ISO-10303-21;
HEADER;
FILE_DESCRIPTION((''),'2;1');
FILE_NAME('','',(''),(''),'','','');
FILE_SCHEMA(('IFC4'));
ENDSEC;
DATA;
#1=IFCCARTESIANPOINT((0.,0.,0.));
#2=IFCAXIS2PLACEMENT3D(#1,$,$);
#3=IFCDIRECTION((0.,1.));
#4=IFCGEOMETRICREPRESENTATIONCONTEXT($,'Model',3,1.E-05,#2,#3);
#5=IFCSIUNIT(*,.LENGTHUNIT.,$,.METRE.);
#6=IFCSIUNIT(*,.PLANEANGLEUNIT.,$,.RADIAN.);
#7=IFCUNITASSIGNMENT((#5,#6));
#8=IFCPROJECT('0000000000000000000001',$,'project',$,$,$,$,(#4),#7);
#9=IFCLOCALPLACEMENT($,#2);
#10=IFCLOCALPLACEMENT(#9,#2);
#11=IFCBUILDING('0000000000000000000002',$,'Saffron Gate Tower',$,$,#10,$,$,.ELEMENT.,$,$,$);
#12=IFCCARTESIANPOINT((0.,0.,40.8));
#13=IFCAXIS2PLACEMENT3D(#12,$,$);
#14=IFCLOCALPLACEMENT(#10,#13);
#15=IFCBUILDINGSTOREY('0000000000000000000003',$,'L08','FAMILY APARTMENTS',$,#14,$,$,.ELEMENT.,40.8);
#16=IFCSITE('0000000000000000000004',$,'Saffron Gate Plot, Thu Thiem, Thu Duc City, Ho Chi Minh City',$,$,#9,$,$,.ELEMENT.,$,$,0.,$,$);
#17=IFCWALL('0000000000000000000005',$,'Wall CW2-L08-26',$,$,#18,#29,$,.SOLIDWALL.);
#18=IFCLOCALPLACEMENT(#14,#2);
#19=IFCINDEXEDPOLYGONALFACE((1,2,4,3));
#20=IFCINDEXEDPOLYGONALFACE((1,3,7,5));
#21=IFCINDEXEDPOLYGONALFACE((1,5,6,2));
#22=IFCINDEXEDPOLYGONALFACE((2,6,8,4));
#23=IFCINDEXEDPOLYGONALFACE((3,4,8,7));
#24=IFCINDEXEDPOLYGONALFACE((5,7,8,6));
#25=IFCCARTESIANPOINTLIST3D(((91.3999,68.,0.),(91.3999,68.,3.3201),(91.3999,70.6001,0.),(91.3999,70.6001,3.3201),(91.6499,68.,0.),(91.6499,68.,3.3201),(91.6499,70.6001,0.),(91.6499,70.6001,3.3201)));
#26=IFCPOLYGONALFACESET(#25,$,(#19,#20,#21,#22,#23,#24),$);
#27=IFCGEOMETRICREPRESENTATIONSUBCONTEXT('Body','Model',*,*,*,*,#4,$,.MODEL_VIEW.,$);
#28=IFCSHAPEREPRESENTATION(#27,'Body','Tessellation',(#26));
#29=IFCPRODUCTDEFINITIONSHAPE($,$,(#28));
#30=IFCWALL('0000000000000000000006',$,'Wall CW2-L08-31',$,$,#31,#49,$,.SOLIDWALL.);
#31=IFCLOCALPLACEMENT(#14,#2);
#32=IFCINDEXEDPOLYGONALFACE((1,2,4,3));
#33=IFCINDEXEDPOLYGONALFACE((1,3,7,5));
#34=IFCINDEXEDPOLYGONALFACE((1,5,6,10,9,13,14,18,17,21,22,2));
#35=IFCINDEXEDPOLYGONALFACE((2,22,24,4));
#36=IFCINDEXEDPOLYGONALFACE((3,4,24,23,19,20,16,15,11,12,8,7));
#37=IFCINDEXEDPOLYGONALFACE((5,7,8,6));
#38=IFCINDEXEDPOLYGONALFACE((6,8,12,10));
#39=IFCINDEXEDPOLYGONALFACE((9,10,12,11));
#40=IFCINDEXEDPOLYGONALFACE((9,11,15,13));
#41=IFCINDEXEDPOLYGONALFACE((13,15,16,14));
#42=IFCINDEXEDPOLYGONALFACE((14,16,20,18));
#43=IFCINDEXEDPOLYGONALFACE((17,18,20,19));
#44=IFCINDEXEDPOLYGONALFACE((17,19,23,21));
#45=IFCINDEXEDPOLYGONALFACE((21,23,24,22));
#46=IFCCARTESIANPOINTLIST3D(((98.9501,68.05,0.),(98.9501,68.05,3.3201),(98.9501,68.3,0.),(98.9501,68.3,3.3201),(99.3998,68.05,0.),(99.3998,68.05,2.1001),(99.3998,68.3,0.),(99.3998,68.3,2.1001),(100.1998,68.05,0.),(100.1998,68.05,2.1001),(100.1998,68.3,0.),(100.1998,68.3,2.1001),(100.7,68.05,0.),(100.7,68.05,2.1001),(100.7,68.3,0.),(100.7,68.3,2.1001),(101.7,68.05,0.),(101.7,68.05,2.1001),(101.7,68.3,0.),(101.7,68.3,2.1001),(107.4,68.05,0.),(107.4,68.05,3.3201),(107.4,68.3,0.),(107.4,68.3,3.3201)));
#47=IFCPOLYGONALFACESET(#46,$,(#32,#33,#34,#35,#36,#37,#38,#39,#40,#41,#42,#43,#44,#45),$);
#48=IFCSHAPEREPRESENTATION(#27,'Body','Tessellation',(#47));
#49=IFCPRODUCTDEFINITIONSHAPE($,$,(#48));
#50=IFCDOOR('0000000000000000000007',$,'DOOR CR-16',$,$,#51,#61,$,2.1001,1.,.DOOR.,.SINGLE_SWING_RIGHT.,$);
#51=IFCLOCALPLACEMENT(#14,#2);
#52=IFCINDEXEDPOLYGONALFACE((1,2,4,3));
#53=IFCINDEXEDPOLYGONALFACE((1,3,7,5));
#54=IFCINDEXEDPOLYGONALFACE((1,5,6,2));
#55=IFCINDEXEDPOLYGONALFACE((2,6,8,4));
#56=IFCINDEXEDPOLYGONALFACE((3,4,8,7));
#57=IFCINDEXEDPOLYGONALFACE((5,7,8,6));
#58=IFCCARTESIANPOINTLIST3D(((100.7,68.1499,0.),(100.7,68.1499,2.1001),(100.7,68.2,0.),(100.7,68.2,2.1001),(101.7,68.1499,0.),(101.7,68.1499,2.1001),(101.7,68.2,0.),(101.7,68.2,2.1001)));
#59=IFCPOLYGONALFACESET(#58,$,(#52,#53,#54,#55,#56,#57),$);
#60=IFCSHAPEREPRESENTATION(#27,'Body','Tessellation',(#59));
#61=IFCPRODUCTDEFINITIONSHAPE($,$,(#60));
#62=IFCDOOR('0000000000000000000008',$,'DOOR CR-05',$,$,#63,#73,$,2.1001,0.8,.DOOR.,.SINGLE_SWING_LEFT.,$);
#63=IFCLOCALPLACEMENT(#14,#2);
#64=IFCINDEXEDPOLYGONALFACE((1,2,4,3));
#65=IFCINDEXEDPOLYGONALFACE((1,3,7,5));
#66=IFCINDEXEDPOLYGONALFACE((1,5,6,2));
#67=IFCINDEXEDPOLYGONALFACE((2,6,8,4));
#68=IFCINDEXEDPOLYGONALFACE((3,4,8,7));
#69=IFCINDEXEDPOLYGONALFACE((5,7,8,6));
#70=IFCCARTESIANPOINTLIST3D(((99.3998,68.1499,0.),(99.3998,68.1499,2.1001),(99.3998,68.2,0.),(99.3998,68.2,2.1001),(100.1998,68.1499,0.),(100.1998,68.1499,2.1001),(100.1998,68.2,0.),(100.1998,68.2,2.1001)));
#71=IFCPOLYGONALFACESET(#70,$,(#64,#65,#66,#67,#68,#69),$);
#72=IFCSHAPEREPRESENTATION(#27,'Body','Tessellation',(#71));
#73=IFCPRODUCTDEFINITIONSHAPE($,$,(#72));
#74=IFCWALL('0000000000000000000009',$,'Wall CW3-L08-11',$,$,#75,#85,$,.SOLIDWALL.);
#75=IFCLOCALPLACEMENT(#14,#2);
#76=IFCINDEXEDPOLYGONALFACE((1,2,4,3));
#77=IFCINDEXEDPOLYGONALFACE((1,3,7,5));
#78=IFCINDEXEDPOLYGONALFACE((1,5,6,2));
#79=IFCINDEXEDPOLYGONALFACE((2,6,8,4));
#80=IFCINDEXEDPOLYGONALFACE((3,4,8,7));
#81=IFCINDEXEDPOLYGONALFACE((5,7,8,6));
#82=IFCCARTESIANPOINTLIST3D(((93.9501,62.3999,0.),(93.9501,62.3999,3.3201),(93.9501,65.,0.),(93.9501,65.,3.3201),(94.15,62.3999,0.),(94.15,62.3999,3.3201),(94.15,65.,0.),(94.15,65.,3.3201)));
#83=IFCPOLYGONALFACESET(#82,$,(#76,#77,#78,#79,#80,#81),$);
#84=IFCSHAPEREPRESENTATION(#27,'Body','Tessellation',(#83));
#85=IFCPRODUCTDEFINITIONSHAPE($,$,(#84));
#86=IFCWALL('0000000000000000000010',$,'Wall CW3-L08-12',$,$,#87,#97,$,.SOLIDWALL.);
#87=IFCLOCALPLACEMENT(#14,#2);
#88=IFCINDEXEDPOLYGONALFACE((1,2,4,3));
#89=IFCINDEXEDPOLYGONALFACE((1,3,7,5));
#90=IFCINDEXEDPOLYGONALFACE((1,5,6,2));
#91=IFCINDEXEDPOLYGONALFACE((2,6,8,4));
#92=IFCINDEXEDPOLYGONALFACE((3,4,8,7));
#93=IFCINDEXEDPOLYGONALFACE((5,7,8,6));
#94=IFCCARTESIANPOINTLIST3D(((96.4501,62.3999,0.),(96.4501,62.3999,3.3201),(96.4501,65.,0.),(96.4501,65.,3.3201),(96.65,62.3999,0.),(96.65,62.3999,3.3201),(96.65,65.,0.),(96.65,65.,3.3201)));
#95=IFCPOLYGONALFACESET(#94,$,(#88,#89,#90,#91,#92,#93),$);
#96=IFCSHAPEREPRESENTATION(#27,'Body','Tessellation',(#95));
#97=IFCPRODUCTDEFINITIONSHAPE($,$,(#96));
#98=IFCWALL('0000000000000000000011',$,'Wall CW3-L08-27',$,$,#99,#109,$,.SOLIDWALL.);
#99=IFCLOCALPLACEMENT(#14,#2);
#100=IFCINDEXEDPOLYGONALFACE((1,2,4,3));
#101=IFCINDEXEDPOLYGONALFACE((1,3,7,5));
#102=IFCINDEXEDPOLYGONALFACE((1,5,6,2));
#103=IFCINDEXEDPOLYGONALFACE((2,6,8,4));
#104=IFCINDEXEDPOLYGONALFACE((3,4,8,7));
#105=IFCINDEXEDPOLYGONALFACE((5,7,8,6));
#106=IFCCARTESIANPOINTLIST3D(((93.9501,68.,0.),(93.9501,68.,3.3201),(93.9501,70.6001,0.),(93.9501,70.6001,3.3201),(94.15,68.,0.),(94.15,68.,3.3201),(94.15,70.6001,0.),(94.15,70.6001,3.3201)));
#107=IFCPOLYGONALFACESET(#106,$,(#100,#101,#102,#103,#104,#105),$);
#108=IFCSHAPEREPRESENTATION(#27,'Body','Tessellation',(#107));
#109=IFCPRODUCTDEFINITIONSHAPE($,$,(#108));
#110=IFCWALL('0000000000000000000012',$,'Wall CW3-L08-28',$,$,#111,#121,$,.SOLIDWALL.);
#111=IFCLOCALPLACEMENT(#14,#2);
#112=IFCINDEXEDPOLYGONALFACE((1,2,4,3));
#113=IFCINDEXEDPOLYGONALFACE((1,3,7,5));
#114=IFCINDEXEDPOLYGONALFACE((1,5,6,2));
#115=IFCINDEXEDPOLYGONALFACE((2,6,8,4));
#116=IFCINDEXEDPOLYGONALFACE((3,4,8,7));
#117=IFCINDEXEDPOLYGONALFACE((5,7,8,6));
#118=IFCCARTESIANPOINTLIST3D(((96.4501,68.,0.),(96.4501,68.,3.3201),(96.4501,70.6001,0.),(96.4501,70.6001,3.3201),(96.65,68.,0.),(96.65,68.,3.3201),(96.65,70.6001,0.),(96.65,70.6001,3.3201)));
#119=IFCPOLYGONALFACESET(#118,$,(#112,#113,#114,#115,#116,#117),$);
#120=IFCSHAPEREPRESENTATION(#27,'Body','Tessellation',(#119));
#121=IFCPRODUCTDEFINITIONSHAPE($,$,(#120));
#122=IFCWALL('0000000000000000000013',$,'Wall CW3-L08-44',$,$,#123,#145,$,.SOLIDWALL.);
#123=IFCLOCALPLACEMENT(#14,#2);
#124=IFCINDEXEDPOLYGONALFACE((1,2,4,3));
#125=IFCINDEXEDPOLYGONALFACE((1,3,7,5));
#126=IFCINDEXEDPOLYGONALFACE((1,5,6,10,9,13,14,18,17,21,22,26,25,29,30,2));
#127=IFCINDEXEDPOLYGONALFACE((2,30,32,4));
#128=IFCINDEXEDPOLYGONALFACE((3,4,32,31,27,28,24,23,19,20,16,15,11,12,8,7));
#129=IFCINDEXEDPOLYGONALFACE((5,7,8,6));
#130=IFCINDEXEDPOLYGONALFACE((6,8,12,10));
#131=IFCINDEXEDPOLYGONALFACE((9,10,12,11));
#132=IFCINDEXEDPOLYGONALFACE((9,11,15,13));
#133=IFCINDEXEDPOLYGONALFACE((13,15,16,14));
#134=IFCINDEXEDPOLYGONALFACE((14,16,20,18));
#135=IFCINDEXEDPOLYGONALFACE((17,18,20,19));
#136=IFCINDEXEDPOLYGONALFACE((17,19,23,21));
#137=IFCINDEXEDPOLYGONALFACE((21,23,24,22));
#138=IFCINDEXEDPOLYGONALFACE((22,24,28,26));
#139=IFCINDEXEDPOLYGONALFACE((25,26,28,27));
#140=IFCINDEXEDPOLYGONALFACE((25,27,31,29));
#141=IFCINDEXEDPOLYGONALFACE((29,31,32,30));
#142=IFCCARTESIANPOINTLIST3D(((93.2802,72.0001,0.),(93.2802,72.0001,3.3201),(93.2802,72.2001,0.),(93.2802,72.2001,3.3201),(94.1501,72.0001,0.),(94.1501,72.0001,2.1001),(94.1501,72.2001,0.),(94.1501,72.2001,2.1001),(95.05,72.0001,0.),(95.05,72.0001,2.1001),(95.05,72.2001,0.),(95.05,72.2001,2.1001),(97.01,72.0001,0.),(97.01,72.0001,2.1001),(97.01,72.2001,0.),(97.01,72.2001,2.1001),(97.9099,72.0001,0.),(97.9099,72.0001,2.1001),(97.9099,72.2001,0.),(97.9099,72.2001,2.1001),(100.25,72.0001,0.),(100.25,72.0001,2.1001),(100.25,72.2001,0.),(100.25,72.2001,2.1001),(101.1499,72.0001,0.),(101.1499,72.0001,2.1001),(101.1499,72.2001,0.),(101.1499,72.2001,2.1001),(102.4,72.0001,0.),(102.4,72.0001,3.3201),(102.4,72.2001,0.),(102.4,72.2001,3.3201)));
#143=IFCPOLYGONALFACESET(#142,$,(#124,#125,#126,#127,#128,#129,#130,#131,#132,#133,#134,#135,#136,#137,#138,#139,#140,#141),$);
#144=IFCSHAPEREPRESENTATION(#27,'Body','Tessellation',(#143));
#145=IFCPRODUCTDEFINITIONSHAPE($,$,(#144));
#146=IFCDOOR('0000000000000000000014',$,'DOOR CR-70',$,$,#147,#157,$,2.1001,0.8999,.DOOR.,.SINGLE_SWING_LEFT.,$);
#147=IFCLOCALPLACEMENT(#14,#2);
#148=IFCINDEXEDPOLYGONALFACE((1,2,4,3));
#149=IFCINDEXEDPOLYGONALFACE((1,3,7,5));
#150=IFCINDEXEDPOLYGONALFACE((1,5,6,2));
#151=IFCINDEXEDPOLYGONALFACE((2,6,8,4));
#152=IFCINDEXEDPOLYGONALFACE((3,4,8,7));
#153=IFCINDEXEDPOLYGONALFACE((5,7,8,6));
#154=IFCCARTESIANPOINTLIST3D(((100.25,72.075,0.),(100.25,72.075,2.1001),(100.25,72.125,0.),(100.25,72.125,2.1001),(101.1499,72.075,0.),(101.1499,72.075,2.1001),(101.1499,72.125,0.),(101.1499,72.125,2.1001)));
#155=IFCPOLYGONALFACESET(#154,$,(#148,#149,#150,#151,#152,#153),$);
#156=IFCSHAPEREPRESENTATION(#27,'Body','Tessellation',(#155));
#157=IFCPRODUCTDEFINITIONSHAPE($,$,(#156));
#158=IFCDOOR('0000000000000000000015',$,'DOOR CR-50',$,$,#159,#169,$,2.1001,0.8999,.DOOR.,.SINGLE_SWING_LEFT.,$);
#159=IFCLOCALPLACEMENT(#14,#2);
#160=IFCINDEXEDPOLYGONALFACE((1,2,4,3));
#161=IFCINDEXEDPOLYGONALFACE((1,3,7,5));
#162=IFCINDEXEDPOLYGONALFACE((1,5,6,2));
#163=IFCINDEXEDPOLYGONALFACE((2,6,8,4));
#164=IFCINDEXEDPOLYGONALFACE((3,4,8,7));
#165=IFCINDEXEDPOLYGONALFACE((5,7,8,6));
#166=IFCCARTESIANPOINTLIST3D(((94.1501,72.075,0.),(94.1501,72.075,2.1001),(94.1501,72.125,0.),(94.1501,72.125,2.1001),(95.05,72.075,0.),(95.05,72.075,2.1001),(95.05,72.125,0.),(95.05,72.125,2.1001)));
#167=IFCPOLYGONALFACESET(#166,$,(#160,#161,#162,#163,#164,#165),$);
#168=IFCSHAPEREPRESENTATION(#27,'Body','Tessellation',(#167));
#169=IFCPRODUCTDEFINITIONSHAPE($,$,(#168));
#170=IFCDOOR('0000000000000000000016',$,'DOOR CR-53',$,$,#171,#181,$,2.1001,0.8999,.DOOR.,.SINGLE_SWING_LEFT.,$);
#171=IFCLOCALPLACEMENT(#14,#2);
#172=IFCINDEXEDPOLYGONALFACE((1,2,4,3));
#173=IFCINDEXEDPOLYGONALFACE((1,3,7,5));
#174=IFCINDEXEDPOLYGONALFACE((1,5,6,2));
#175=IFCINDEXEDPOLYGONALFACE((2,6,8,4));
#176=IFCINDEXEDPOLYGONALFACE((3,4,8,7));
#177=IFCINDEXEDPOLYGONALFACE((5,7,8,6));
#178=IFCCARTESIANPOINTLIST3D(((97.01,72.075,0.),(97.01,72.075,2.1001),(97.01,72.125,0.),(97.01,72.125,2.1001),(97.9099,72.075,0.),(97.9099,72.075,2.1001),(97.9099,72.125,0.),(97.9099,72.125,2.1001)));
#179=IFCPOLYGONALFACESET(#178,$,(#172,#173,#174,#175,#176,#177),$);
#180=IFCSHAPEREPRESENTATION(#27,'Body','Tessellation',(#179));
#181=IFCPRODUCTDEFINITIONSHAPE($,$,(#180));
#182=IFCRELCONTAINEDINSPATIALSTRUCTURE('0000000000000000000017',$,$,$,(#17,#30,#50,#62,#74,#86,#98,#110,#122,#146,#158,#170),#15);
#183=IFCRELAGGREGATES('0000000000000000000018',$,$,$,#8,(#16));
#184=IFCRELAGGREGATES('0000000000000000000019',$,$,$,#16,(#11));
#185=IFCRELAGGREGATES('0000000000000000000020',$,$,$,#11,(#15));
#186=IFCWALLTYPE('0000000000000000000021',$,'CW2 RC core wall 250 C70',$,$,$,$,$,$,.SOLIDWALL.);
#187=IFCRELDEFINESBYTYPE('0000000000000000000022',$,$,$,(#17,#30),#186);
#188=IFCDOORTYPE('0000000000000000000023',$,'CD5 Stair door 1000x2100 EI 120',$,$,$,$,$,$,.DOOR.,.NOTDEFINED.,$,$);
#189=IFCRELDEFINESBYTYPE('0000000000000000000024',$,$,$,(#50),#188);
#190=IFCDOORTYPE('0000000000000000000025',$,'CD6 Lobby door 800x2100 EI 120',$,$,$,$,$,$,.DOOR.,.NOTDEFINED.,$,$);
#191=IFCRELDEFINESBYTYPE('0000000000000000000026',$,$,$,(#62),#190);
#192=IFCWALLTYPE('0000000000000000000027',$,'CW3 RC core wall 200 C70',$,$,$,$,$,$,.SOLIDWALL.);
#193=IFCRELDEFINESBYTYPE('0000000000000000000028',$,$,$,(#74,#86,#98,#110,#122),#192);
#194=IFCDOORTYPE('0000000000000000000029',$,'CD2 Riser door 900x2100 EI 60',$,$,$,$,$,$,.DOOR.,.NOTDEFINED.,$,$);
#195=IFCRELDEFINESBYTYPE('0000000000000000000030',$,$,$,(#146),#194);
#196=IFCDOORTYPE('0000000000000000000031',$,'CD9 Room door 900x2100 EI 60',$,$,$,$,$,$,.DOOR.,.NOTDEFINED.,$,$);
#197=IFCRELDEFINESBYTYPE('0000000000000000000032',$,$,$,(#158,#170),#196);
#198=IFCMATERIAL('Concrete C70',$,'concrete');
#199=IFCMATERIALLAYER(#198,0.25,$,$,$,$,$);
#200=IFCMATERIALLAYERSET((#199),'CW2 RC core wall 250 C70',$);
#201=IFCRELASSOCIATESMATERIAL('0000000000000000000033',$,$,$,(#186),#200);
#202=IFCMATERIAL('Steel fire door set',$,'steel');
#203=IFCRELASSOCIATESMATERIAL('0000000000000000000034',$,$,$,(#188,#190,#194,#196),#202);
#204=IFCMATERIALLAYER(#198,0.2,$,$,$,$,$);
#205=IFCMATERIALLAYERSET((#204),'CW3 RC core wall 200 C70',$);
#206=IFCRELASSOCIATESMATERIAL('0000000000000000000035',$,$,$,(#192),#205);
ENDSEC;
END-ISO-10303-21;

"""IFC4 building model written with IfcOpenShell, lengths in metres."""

from ifc_helpers import new_model, si_unit, direction, frame, frame_2d, origin, place, context, subcontext, project, spatial, rectangle, extrude, material, layer, layer_set, type_object, element, fill, save


model = new_model("IFC4")

# Units and contexts
model_context = context("Model", 3, precision=1e-05, world=origin(), true_north=direction((0.0, 1.0)))
body_context = subcontext(model_context, "Body", "Model", "MODEL_VIEW")
ifc_project = project(units=[si_unit("LENGTHUNIT", "METRE"), si_unit("PLANEANGLEUNIT", "RADIAN")], contexts=[model_context])

# Site, building, storey
site_placement = place(None, origin())
site = spatial("IfcSite", under=ifc_project, at=site_placement, Name="Saffron Gate Plot, Thu Thiem, Thu Duc City, Ho Chi Minh City", CompositionType="ELEMENT", RefElevation=0.0)
building_placement = place(site_placement, origin())
building = spatial("IfcBuilding", under=site, at=building_placement, Name="Saffron Gate Tower", CompositionType="ELEMENT")
storey_placement = place(building_placement, frame((0.0, 0.0, 40.8)))
storey = spatial("IfcBuildingStorey", under=building, at=storey_placement, Name="L08", Description="FAMILY APARTMENTS", CompositionType="ELEMENT", Elevation=40.8)

# Wall
ifc_material_1 = material(Name="Concrete C70", Category="concrete")
ifc_layer_1 = layer(ifc_material_1, 0.25)
ifc_layer_set_1 = layer_set([ifc_layer_1], Name="CW2 RC core wall 250 C70")
wall_type_1 = type_object("IfcWallType", Name="CW2 RC core wall 250 C70", PredefinedType="SOLIDWALL", material=ifc_layer_set_1)
wall_1_placement = place(storey_placement, frame((91.5249, 68.0, 0.0), z_axis=(0.0, 0.0, 1.0), x_axis=(0.0, 1.0, 0.0)))
element("IfcWall", 1, at=wall_1_placement, inside=storey, type_object=wall_type_1, Name="Wall CW2-L08-26", PredefinedType="SOLIDWALL", context=body_context, shape_type="SweptSolid", body=[
    extrude(rectangle(XDim=2.6001, YDim=0.25, at=frame_2d((1.3, 0.0))), origin(), (0.0, 0.0, 1.0), 3.3201),
])

# Wall, openings, doors
wall_2_placement = place(storey_placement, frame((98.95, 68.175, 0.0), z_axis=(0.0, 0.0, 1.0), x_axis=(1.0, 0.0, 0.0)))
wall_2 = element("IfcWall", 2, at=wall_2_placement, inside=storey, type_object=wall_type_1, Name="Wall CW2-L08-31", PredefinedType="SOLIDWALL", context=body_context, shape_type="SweptSolid", body=[
    extrude(rectangle(XDim=8.45, YDim=0.25, at=frame_2d((4.2251, 0.0))), origin(), (0.0, 0.0, 1.0), 3.3201),
])
opening_1_placement = place(wall_2_placement, frame((0.45, 0.0, 0.0)))
opening_1 = element("IfcOpeningElement", 3, at=opening_1_placement, cuts=wall_2, PredefinedType="OPENING", context=body_context, shape_type="SweptSolid", body=[
    extrude(rectangle(XDim=0.8, YDim=2.1001, at=frame_2d((0.3999, 1.05))), frame((0.0, 0.135, 0.0), z_axis=(0.0, -1.0, 0.0), x_axis=(1.0, 0.0, 0.0)), (0.0, 0.0, 1.0), 0.27),
])
opening_2_placement = place(wall_2_placement, frame((1.75, 0.0, 0.0)))
opening_2 = element("IfcOpeningElement", 4, at=opening_2_placement, cuts=wall_2, PredefinedType="OPENING", context=body_context, shape_type="SweptSolid", body=[
    extrude(rectangle(XDim=1.0, YDim=2.1001, at=frame_2d((0.5, 1.05))), frame((0.0, 0.135, 0.0), z_axis=(0.0, -1.0, 0.0), x_axis=(1.0, 0.0, 0.0)), (0.0, 0.0, 1.0), 0.27),
])
ifc_material_2 = material(Name="Steel fire door set", Category="steel")
door_type_1 = type_object("IfcDoorType", Name="CD5 Stair door 1000x2100 EI 120", OperationType="NOTDEFINED", PredefinedType="DOOR", material=ifc_material_2)
door_1_placement = place(opening_2_placement, origin())
door_1 = element("IfcDoor", 5, at=door_1_placement, inside=storey, type_object=door_type_1, Name="DOOR CR-16", OperationType="SINGLE_SWING_RIGHT", OverallHeight=2.1001, OverallWidth=1.0, PredefinedType="DOOR", context=body_context, shape_type="SweptSolid", body=[
    extrude(rectangle(XDim=1.0, YDim=2.1001, at=frame_2d((0.5, 1.05))), frame((0.0, 0.0249, 0.0), z_axis=(0.0, -1.0, 0.0), x_axis=(1.0, 0.0, 0.0)), (0.0, 0.0, 1.0), 0.05),
])
fill(opening_2, door_1)
door_type_2 = type_object("IfcDoorType", Name="CD6 Lobby door 800x2100 EI 120", OperationType="NOTDEFINED", PredefinedType="DOOR", material=ifc_material_2)
door_2_placement = place(opening_1_placement, origin())
door_2 = element("IfcDoor", 6, at=door_2_placement, inside=storey, type_object=door_type_2, Name="DOOR CR-05", OperationType="SINGLE_SWING_LEFT", OverallHeight=2.1001, OverallWidth=0.8, PredefinedType="DOOR", context=body_context, shape_type="SweptSolid", body=[
    extrude(rectangle(XDim=0.8, YDim=2.1001, at=frame_2d((0.3999, 1.05))), frame((0.0, 0.0249, 0.0), z_axis=(0.0, -1.0, 0.0), x_axis=(1.0, 0.0, 0.0)), (0.0, 0.0, 1.0), 0.05),
])
fill(opening_1, door_2)

# Walls
ifc_layer_2 = layer(ifc_material_1, 0.2)
ifc_layer_set_2 = layer_set([ifc_layer_2], Name="CW3 RC core wall 200 C70")
wall_type_2 = type_object("IfcWallType", Name="CW3 RC core wall 200 C70", PredefinedType="SOLIDWALL", material=ifc_layer_set_2)
for number, where, z_axis, x_axis, name in (
    (7, (94.05, 62.3999, 0.0), (0.0, 0.0, 1.0), (0.0, 1.0, 0.0), "Wall CW3-L08-11"),
    (8, (96.55, 62.3999, 0.0), (0.0, 0.0, 1.0), (0.0, 1.0, 0.0), "Wall CW3-L08-12"),
    (9, (94.05, 68.0, 0.0), (0.0, 0.0, 1.0), (0.0, 1.0, 0.0), "Wall CW3-L08-27"),
    (10, (96.55, 68.0, 0.0), (0.0, 0.0, 1.0), (0.0, 1.0, 0.0), "Wall CW3-L08-28"),
):
    element("IfcWall", number, at=place(storey_placement, frame(where, z_axis=z_axis, x_axis=x_axis)), inside=storey, type_object=wall_type_2, Name=name, PredefinedType="SOLIDWALL", context=body_context, shape_type="SweptSolid", body=[
        extrude(rectangle(XDim=2.6001, YDim=0.2, at=frame_2d((1.3, 0.0))), origin(), (0.0, 0.0, 1.0), 3.3201),
    ])

# Wall, openings, doors
wall_3_placement = place(storey_placement, frame((93.28, 72.1001, 0.0), z_axis=(0.0, 0.0, 1.0), x_axis=(1.0, 0.0, 0.0)))
wall_3 = element("IfcWall", 11, at=wall_3_placement, inside=storey, type_object=wall_type_2, Name="Wall CW3-L08-44", PredefinedType="SOLIDWALL", context=body_context, shape_type="SweptSolid", body=[
    extrude(rectangle(XDim=9.1199, YDim=0.2, at=frame_2d((4.5601, 0.0))), origin(), (0.0, 0.0, 1.0), 3.3201),
])
opening_3_placement = place(wall_3_placement, frame((0.8701, 0.0, 0.0)))
opening_3 = element("IfcOpeningElement", 12, at=opening_3_placement, cuts=wall_3, PredefinedType="OPENING", context=body_context, shape_type="SweptSolid", body=[
    extrude(rectangle(XDim=0.8999, YDim=2.1001, at=frame_2d((0.45, 1.05))), frame((0.0, 0.1099, 0.0), z_axis=(0.0, -1.0, 0.0), x_axis=(1.0, 0.0, 0.0)), (0.0, 0.0, 1.0), 0.22),
])
opening_4_placement = place(wall_3_placement, frame((3.73, 0.0, 0.0)))
opening_4 = element("IfcOpeningElement", 13, at=opening_4_placement, cuts=wall_3, PredefinedType="OPENING", context=body_context, shape_type="SweptSolid", body=[
    extrude(rectangle(XDim=0.8999, YDim=2.1001, at=frame_2d((0.45, 1.05))), frame((0.0, 0.1099, 0.0), z_axis=(0.0, -1.0, 0.0), x_axis=(1.0, 0.0, 0.0)), (0.0, 0.0, 1.0), 0.22),
])
opening_5_placement = place(wall_3_placement, frame((6.97, 0.0, 0.0)))
opening_5 = element("IfcOpeningElement", 14, at=opening_5_placement, cuts=wall_3, PredefinedType="OPENING", context=body_context, shape_type="SweptSolid", body=[
    extrude(rectangle(XDim=0.8999, YDim=2.1001, at=frame_2d((0.45, 1.05))), frame((0.0, 0.1099, 0.0), z_axis=(0.0, -1.0, 0.0), x_axis=(1.0, 0.0, 0.0)), (0.0, 0.0, 1.0), 0.22),
])
door_type_3 = type_object("IfcDoorType", Name="CD2 Riser door 900x2100 EI 60", OperationType="NOTDEFINED", PredefinedType="DOOR", material=ifc_material_2)
door_3_placement = place(opening_5_placement, origin())
door_3 = element("IfcDoor", 15, at=door_3_placement, inside=storey, type_object=door_type_3, Name="DOOR CR-70", OperationType="SINGLE_SWING_LEFT", OverallHeight=2.1001, OverallWidth=0.8999, PredefinedType="DOOR", context=body_context, shape_type="SweptSolid", body=[
    extrude(rectangle(XDim=0.8999, YDim=2.1001, at=frame_2d((0.45, 1.05))), frame((0.0, 0.0249, 0.0), z_axis=(0.0, -1.0, 0.0), x_axis=(1.0, 0.0, 0.0)), (0.0, 0.0, 1.0), 0.05),
])
fill(opening_5, door_3)
door_type_4 = type_object("IfcDoorType", Name="CD9 Room door 900x2100 EI 60", OperationType="NOTDEFINED", PredefinedType="DOOR", material=ifc_material_2)
door_4_placement = place(opening_3_placement, origin())
door_4 = element("IfcDoor", 16, at=door_4_placement, inside=storey, type_object=door_type_4, Name="DOOR CR-50", OperationType="SINGLE_SWING_LEFT", OverallHeight=2.1001, OverallWidth=0.8999, PredefinedType="DOOR", context=body_context, shape_type="SweptSolid", body=[
    extrude(rectangle(XDim=0.8999, YDim=2.1001, at=frame_2d((0.45, 1.05))), frame((0.0, 0.0249, 0.0), z_axis=(0.0, -1.0, 0.0), x_axis=(1.0, 0.0, 0.0)), (0.0, 0.0, 1.0), 0.05),
])
fill(opening_3, door_4)
door_5_placement = place(opening_4_placement, origin())
door_5 = element("IfcDoor", 17, at=door_5_placement, inside=storey, type_object=door_type_4, Name="DOOR CR-53", OperationType="SINGLE_SWING_LEFT", OverallHeight=2.1001, OverallWidth=0.8999, PredefinedType="DOOR", context=body_context, shape_type="SweptSolid", body=[
    extrude(rectangle(XDim=0.8999, YDim=2.1001, at=frame_2d((0.45, 1.05))), frame((0.0, 0.0249, 0.0), z_axis=(0.0, -1.0, 0.0), x_axis=(1.0, 0.0, 0.0)), (0.0, 0.0, 1.0), 0.05),
])
fill(opening_4, door_5)

save(model, "model.ifc")
